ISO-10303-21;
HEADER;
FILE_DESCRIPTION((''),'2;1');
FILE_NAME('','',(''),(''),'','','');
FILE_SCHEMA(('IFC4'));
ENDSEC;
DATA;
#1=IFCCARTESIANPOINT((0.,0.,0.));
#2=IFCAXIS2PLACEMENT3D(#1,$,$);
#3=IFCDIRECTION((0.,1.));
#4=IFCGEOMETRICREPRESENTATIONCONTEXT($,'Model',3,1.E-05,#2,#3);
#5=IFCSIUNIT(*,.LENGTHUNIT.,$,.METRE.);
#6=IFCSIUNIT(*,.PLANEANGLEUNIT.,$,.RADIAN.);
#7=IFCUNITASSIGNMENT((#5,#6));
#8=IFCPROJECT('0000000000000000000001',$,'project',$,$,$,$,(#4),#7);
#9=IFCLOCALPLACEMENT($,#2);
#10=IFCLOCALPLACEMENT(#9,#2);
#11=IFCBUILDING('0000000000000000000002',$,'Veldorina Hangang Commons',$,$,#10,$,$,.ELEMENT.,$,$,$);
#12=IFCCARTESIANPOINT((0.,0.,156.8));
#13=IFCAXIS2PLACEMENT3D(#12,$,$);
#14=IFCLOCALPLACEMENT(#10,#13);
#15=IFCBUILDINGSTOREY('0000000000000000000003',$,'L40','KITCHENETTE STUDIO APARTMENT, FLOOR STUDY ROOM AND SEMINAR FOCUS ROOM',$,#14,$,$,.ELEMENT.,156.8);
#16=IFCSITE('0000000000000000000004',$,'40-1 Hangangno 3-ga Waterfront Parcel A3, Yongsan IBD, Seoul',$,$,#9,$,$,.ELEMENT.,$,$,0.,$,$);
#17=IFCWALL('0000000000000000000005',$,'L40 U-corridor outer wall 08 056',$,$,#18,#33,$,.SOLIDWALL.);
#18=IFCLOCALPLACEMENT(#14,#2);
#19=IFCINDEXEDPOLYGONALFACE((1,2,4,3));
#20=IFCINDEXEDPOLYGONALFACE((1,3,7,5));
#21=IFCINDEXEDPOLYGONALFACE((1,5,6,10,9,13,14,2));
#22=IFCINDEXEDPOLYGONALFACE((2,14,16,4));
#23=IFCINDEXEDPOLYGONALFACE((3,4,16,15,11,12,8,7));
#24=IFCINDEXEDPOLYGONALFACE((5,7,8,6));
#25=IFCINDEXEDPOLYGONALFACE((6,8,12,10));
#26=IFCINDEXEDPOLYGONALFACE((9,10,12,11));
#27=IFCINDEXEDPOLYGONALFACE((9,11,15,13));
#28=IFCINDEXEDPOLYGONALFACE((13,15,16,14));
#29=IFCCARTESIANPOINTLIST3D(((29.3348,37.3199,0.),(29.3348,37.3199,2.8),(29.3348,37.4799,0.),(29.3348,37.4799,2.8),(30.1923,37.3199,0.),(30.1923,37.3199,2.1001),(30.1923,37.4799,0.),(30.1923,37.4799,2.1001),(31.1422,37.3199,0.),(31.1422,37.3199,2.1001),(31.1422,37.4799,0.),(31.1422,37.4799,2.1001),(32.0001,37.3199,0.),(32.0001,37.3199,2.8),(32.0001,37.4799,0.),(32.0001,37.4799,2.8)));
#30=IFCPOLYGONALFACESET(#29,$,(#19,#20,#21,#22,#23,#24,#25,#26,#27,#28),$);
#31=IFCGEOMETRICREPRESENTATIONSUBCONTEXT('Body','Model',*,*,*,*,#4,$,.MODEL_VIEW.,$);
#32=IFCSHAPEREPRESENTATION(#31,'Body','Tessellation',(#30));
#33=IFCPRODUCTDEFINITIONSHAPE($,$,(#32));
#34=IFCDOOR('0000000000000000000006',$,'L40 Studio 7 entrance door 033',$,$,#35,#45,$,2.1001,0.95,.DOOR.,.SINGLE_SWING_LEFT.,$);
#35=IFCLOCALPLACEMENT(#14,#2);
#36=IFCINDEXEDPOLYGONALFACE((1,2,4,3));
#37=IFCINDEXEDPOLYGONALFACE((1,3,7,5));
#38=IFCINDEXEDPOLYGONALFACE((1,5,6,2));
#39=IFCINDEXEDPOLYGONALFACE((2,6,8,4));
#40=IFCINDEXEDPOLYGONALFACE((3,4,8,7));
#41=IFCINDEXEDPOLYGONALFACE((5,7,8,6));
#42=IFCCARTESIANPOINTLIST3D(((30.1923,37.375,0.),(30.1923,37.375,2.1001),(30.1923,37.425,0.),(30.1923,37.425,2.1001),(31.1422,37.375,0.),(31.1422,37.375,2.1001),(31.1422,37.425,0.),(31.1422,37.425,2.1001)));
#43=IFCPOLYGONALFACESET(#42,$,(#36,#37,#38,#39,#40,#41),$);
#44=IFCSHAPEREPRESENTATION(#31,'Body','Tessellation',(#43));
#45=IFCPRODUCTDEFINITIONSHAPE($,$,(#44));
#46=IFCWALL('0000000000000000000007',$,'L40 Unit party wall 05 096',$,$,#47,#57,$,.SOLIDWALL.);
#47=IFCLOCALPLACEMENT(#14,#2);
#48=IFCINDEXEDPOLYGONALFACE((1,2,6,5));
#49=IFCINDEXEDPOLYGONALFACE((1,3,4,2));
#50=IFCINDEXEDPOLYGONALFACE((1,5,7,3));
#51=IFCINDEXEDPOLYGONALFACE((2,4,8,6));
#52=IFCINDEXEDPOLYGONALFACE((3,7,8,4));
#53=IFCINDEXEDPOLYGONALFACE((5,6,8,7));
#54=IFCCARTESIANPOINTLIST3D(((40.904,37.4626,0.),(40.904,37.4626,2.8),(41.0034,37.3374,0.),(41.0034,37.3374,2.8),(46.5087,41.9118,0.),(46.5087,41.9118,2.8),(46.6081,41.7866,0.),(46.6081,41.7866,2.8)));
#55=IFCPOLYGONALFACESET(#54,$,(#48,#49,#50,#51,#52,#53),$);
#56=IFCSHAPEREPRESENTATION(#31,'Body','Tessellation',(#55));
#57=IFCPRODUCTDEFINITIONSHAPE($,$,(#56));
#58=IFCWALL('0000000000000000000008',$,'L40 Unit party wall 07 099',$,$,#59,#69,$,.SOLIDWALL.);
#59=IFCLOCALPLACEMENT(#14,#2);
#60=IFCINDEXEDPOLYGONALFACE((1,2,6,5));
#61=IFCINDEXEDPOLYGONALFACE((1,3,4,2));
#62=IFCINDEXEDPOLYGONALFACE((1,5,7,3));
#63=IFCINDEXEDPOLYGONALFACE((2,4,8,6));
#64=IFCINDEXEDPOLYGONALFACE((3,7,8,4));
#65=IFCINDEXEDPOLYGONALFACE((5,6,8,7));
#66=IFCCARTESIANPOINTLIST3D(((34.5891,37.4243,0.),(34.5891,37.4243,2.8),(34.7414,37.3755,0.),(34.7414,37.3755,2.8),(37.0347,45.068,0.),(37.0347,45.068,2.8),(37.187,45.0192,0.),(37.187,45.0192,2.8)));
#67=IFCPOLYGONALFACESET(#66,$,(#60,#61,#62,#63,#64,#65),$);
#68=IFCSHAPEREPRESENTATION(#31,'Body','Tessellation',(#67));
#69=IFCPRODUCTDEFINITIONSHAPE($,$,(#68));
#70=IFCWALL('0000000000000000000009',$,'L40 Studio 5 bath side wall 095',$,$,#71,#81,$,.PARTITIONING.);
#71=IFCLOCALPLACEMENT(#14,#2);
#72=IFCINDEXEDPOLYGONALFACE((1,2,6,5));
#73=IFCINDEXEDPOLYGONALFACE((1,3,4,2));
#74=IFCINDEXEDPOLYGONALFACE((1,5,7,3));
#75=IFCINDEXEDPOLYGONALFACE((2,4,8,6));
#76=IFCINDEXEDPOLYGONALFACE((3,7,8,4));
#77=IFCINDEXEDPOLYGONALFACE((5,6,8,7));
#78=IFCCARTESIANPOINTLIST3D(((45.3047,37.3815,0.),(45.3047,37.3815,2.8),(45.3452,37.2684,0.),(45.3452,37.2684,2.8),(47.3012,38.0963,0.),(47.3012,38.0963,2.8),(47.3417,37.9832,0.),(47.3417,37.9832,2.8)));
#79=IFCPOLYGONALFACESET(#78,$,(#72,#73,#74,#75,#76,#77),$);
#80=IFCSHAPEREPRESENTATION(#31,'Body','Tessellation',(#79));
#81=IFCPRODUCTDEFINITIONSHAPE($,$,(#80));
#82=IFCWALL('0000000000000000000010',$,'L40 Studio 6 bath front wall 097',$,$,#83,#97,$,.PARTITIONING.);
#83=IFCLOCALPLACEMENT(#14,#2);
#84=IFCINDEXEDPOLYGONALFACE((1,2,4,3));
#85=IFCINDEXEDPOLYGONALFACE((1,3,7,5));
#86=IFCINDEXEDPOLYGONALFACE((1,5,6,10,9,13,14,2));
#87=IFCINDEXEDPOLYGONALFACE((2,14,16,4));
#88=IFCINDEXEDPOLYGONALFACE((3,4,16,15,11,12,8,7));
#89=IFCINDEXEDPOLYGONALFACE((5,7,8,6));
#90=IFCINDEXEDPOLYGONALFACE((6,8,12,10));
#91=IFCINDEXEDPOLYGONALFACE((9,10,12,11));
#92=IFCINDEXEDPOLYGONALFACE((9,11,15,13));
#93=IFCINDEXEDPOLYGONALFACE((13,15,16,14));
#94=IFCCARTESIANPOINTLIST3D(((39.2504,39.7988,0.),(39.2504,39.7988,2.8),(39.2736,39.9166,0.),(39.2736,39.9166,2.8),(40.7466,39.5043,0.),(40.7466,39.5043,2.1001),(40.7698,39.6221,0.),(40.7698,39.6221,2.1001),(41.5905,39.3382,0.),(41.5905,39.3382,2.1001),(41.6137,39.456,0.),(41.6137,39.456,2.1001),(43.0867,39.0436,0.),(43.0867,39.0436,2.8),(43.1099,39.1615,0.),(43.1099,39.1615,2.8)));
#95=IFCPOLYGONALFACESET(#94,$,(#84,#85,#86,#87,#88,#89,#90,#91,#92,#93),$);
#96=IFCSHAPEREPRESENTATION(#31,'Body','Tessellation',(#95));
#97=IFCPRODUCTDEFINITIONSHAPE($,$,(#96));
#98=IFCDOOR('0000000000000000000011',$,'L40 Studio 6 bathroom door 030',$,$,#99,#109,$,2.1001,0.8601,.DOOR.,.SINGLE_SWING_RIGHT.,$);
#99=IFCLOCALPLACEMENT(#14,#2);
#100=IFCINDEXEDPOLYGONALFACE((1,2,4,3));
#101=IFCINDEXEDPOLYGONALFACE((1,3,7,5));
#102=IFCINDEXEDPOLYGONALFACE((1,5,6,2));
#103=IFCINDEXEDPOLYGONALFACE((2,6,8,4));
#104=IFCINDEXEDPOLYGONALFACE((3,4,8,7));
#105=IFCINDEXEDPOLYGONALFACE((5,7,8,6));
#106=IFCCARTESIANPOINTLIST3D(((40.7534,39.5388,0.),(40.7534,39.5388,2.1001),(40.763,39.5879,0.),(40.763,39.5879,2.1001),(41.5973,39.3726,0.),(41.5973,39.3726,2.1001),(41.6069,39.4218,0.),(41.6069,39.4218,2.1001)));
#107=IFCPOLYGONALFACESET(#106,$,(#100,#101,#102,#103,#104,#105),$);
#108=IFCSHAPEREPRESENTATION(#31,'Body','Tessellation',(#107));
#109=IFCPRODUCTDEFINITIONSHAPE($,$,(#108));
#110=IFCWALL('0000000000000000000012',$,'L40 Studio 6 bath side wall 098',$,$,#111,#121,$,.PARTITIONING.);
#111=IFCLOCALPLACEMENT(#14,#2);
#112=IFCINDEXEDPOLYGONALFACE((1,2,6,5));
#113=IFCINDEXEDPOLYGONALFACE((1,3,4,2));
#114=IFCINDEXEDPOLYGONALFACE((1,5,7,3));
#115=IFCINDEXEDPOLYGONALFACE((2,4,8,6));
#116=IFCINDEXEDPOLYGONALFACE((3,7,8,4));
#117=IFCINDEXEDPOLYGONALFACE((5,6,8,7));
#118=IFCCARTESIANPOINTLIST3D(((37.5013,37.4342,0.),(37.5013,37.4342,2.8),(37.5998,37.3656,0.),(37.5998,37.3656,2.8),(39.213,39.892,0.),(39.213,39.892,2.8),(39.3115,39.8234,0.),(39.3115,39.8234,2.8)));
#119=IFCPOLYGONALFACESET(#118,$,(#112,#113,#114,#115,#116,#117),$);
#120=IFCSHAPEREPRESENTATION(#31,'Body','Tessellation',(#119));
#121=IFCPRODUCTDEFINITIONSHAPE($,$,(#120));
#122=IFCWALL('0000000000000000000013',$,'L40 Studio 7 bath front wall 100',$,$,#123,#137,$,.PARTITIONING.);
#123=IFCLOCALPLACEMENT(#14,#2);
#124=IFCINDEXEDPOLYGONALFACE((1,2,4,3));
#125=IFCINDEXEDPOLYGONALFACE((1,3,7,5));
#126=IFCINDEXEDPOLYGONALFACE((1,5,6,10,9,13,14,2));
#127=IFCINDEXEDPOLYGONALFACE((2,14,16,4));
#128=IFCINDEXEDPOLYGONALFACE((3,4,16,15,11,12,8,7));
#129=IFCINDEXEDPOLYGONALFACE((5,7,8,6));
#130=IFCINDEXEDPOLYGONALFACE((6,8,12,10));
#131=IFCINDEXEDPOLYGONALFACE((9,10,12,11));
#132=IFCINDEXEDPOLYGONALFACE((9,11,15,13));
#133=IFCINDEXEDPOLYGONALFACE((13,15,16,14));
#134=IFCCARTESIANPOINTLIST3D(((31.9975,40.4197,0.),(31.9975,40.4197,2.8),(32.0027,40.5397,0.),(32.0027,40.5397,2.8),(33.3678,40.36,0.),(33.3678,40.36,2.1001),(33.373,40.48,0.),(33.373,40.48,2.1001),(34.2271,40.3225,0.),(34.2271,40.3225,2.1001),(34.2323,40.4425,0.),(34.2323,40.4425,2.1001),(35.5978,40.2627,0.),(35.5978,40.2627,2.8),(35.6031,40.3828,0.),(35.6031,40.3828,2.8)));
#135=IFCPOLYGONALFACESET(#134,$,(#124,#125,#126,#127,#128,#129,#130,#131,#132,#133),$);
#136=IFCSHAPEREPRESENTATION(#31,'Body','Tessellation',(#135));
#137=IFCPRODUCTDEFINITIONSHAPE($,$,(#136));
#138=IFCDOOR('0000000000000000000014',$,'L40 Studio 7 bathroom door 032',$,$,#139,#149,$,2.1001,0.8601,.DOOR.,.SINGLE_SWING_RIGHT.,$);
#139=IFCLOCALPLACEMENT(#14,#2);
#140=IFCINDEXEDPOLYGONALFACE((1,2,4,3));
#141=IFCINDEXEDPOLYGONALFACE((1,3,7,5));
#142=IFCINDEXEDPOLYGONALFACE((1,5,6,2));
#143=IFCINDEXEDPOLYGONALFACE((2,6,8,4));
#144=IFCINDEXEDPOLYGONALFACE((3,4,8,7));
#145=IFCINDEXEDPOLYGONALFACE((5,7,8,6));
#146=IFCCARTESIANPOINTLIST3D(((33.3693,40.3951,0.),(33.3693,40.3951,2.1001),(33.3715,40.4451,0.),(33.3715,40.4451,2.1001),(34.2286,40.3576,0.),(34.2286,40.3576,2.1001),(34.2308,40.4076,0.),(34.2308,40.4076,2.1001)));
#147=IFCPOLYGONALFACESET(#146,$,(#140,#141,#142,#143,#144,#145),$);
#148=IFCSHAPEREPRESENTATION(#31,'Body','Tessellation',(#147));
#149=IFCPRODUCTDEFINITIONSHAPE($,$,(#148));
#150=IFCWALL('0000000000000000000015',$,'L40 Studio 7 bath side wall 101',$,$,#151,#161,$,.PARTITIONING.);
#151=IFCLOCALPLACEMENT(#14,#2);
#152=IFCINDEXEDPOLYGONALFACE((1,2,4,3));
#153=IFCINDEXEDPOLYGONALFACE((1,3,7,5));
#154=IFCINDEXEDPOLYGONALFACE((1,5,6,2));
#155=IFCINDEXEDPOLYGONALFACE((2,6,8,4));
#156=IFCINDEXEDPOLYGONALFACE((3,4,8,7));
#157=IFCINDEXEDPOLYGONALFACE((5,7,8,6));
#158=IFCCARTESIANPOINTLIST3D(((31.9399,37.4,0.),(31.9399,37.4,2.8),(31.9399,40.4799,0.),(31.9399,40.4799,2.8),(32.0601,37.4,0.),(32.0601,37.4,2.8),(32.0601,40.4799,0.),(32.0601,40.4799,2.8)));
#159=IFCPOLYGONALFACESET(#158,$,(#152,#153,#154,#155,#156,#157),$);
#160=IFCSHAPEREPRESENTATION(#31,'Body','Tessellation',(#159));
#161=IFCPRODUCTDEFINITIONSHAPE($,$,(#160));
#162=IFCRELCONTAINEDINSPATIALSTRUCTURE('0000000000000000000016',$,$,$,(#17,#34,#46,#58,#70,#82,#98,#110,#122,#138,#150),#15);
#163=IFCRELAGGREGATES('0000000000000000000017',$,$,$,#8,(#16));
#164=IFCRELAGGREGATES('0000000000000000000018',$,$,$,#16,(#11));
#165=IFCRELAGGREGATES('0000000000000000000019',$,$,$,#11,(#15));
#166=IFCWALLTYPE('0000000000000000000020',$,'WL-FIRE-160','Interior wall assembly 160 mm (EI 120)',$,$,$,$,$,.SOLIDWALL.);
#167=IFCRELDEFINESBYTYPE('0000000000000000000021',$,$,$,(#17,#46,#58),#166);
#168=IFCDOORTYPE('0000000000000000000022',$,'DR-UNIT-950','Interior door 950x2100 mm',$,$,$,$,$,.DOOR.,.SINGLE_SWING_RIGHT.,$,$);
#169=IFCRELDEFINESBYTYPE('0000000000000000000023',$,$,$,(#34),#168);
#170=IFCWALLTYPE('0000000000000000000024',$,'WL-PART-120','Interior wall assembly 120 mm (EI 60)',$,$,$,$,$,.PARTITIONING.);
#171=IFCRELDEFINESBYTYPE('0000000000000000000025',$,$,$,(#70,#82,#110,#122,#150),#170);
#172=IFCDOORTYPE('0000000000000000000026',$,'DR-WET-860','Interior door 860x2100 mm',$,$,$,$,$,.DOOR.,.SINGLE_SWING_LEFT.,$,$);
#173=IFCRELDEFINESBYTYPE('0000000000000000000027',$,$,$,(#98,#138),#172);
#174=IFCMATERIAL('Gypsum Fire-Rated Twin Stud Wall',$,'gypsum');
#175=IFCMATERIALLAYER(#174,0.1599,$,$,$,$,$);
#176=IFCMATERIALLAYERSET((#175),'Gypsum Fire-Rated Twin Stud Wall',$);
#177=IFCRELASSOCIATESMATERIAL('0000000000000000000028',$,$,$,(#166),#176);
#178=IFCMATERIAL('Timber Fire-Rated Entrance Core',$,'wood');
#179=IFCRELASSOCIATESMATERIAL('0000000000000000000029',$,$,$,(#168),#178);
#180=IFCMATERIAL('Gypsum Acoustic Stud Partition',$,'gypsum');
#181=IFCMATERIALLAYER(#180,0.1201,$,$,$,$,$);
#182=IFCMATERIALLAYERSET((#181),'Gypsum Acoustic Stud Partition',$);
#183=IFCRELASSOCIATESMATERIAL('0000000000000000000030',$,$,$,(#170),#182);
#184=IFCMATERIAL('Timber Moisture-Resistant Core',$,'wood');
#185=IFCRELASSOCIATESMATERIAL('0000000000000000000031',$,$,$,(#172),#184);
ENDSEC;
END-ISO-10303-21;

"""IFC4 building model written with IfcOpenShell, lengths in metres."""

from ifc_helpers import new_model, si_unit, direction, frame, frame_2d, origin, place, context, subcontext, project, spatial, rectangle, extrude, material, layer, layer_set, type_object, element, fill, save


model = new_model("IFC4")

# Units and contexts
model_context = context("Model", 3, precision=1e-05, world=origin(), true_north=direction((0.0, 1.0)))
body_context = subcontext(model_context, "Body", "Model", "MODEL_VIEW")
ifc_project = project(units=[si_unit("LENGTHUNIT", "METRE"), si_unit("PLANEANGLEUNIT", "RADIAN")], contexts=[model_context])

# Site, building, storey
site_placement = place(None, origin())
site = spatial("IfcSite", under=ifc_project, at=site_placement, Name="40-1 Hangangno 3-ga Waterfront Parcel A3, Yongsan IBD, Seoul", CompositionType="ELEMENT", RefElevation=0.0)
building_placement = place(site_placement, origin())
building = spatial("IfcBuilding", under=site, at=building_placement, Name="Veldorina Hangang Commons", CompositionType="ELEMENT")
storey_placement = place(building_placement, frame((0.0, 0.0, 156.8)))
storey = spatial("IfcBuildingStorey", under=building, at=storey_placement, Name="L40", Description="KITCHENETTE STUDIO APARTMENT, FLOOR STUDY ROOM AND SEMINAR FOCUS ROOM", CompositionType="ELEMENT", Elevation=156.8)

# Shared definitions
ifc_material_1 = material(Name="Gypsum Fire-Rated Twin Stud Wall", Category="gypsum")
ifc_layer_1 = layer(ifc_material_1, 0.1599)
ifc_layer_set_1 = layer_set([ifc_layer_1], Name="Gypsum Fire-Rated Twin Stud Wall")
wall_type_1 = type_object("IfcWallType", Name="WL-FIRE-160", Description="Interior wall assembly 160 mm (EI 120)", PredefinedType="SOLIDWALL", material=ifc_layer_set_1)
ifc_material_2 = material(Name="Timber Fire-Rated Entrance Core", Category="wood")
door_type_1 = type_object("IfcDoorType", Name="DR-UNIT-950", Description="Interior door 950x2100 mm", OperationType="SINGLE_SWING_RIGHT", PredefinedType="DOOR", material=ifc_material_2)

# Wall, opening, door
wall_1_placement = place(storey_placement, frame((32.0, 37.3999, 0.0), z_axis=(0.0, 0.0, 1.0), x_axis=(-1.0, 0.0, 0.0)))
wall_1 = element("IfcWall", 1, at=wall_1_placement, inside=storey, type_object=wall_type_1, Name="L40 U-corridor outer wall 08 056", PredefinedType="SOLIDWALL", context=body_context, shape_type="SweptSolid", body=[
    extrude(rectangle(XDim=2.6653, YDim=0.1599, at=frame_2d((1.3325, 0.0))), origin(), (0.0, 0.0, 1.0), 2.8),
])
opening_1_placement = place(wall_1_placement, frame((0.8577, 0.0, 0.0)))
opening_1 = element("IfcOpeningElement", 2, at=opening_1_placement, cuts=wall_1, PredefinedType="OPENING", context=body_context, shape_type="SweptSolid", body=[
    extrude(rectangle(XDim=0.95, YDim=2.1001, at=frame_2d((0.4751, 1.05))), frame((0.0, 0.0898, 0.0), z_axis=(0.0, -1.0, 0.0), x_axis=(1.0, 0.0, 0.0)), (0.0, 0.0, 1.0), 0.1799),
])
door_1_placement = place(opening_1_placement, origin())
door_1 = element("IfcDoor", 3, at=door_1_placement, inside=storey, type_object=door_type_1, Name="L40 Studio 7 entrance door 033", OperationType="SINGLE_SWING_LEFT", OverallHeight=2.1001, OverallWidth=0.95, PredefinedType="DOOR", context=body_context, shape_type="SweptSolid", body=[
    extrude(rectangle(XDim=0.95, YDim=2.1001, at=frame_2d((0.4751, 1.05))), frame((0.0, 0.0249, 0.0), z_axis=(0.0, -1.0, 0.0), x_axis=(1.0, 0.0, 0.0)), (0.0, 0.0, 1.0), 0.05),
])
fill(opening_1, door_1)

# Walls
wall_2_placement = place(storey_placement, frame((40.9536, 37.3999, 0.0), z_axis=(0.0, 0.0, 1.0), x_axis=(0.78322, 0.621745, 0.0)))
element("IfcWall", 4, at=wall_2_placement, inside=storey, type_object=wall_type_1, Name="L40 Unit party wall 05 096", PredefinedType="SOLIDWALL", context=body_context, shape_type="SweptSolid", body=[
    extrude(rectangle(XDim=7.156, YDim=0.1599, at=frame_2d((3.5781, 0.0))), origin(), (0.0, 0.0, 1.0), 2.8),
])
wall_3_placement = place(storey_placement, frame((34.6653, 37.3999, 0.0), z_axis=(0.0, 0.0, 1.0), x_axis=(0.304724, 0.952441, 0.0)))
element("IfcWall", 5, at=wall_3_placement, inside=storey, type_object=wall_type_1, Name="L40 Unit party wall 07 099", PredefinedType="SOLIDWALL", context=body_context, shape_type="SweptSolid", body=[
    extrude(rectangle(XDim=8.0254, YDim=0.1599, at=frame_2d((4.0127, 0.0))), origin(), (0.0, 0.0, 1.0), 2.8),
])
ifc_material_3 = material(Name="Gypsum Acoustic Stud Partition", Category="gypsum")
ifc_layer_2 = layer(ifc_material_3, 0.1201)
ifc_layer_set_2 = layer_set([ifc_layer_2], Name="Gypsum Acoustic Stud Partition")
wall_type_2 = type_object("IfcWallType", Name="WL-PART-120", Description="Interior wall assembly 120 mm (EI 60)", PredefinedType="PARTITIONING", material=ifc_layer_set_2)
wall_4_placement = place(storey_placement, frame((45.325, 37.325, 0.0), z_axis=(0.0, 0.0, 1.0), x_axis=(0.941476, 0.33708, 0.0)))
element("IfcWall", 6, at=wall_4_placement, inside=storey, type_object=wall_type_2, Name="L40 Studio 5 bath side wall 095", PredefinedType="PARTITIONING", context=body_context, shape_type="SweptSolid", body=[
    extrude(rectangle(XDim=2.1206, YDim=0.1201, at=frame_2d((1.0603, 0.0))), origin(), (0.0, 0.0, 1.0), 2.8),
])

# Wall, opening, door
wall_5_placement = place(storey_placement, frame((43.0984, 39.1025, 0.0), z_axis=(0.0, 0.0, 1.0), x_axis=(-0.981172, 0.193137, 0.0)))
wall_5 = element("IfcWall", 7, at=wall_5_placement, inside=storey, type_object=wall_type_2, Name="L40 Studio 6 bath front wall 097", PredefinedType="PARTITIONING", context=body_context, shape_type="SweptSolid", body=[
    extrude(rectangle(XDim=3.9099, YDim=0.1201, at=frame_2d((1.9551, 0.0))), origin(), (0.0, 0.0, 1.0), 2.8),
])
opening_2_placement = place(wall_5_placement, frame((1.5249, 0.0, 0.0)))
opening_2 = element("IfcOpeningElement", 8, at=opening_2_placement, cuts=wall_5, PredefinedType="OPENING", context=body_context, shape_type="SweptSolid", body=[
    extrude(rectangle(XDim=0.8601, YDim=2.1001, at=frame_2d((0.4302, 1.05))), frame((0.0, 0.0701, 0.0), z_axis=(0.0, -1.0, 0.0), x_axis=(1.0, 0.0, 0.0)), (0.0, 0.0, 1.0), 0.1401),
])
ifc_material_4 = material(Name="Timber Moisture-Resistant Core", Category="wood")
door_type_2 = type_object("IfcDoorType", Name="DR-WET-860", Description="Interior door 860x2100 mm", OperationType="SINGLE_SWING_LEFT", PredefinedType="DOOR", material=ifc_material_4)
door_2_placement = place(opening_2_placement, origin())
door_2 = element("IfcDoor", 9, at=door_2_placement, inside=storey, type_object=door_type_2, Name="L40 Studio 6 bathroom door 030", OperationType="SINGLE_SWING_RIGHT", OverallHeight=2.1001, OverallWidth=0.8601, PredefinedType="DOOR", context=body_context, shape_type="SweptSolid", body=[
    extrude(rectangle(XDim=0.8601, YDim=2.1001, at=frame_2d((0.4302, 1.05))), frame((0.0, 0.0249, 0.0), z_axis=(0.0, -1.0, 0.0), x_axis=(1.0, 0.0, 0.0)), (0.0, 0.0, 1.0), 0.05),
])
fill(opening_2, door_2)

# Wall
wall_6_placement = place(storey_placement, frame((37.5505, 37.3999, 0.0), z_axis=(0.0, 0.0, 1.0), x_axis=(0.571497, 0.820604, 0.0)))
element("IfcWall", 10, at=wall_6_placement, inside=storey, type_object=wall_type_2, Name="L40 Studio 6 bath side wall 098", PredefinedType="PARTITIONING", context=body_context, shape_type="SweptSolid", body=[
    extrude(rectangle(XDim=2.9951, YDim=0.1201, at=frame_2d((1.4976, 0.0))), origin(), (0.0, 0.0, 1.0), 2.8),
])

# Wall, opening, door
wall_7_placement = place(storey_placement, frame((35.6003, 40.3228, 0.0), z_axis=(0.0, 0.0, 1.0), x_axis=(-0.999051, 0.043561, 0.0)))
wall_7 = element("IfcWall", 11, at=wall_7_placement, inside=storey, type_object=wall_type_2, Name="L40 Studio 7 bath front wall 100", PredefinedType="PARTITIONING", context=body_context, shape_type="SweptSolid", body=[
    extrude(rectangle(XDim=3.6038, YDim=0.1201, at=frame_2d((1.8018, 0.0))), origin(), (0.0, 0.0, 1.0), 2.8),
])
opening_3_placement = place(wall_7_placement, frame((1.3718, 0.0, 0.0)))
opening_3 = element("IfcOpeningElement", 12, at=opening_3_placement, cuts=wall_7, PredefinedType="OPENING", context=body_context, shape_type="SweptSolid", body=[
    extrude(rectangle(XDim=0.8601, YDim=2.1001, at=frame_2d((0.4302, 1.05))), frame((0.0, 0.0701, 0.0), z_axis=(0.0, -1.0, 0.0), x_axis=(1.0, 0.0, 0.0)), (0.0, 0.0, 1.0), 0.1401),
])
door_3_placement = place(opening_3_placement, origin())
door_3 = element("IfcDoor", 13, at=door_3_placement, inside=storey, type_object=door_type_2, Name="L40 Studio 7 bathroom door 032", OperationType="SINGLE_SWING_RIGHT", OverallHeight=2.1001, OverallWidth=0.8601, PredefinedType="DOOR", context=body_context, shape_type="SweptSolid", body=[
    extrude(rectangle(XDim=0.8601, YDim=2.1001, at=frame_2d((0.4302, 1.05))), frame((0.0, 0.0249, 0.0), z_axis=(0.0, -1.0, 0.0), x_axis=(1.0, 0.0, 0.0)), (0.0, 0.0, 1.0), 0.05),
])
fill(opening_3, door_3)

# Wall
wall_8_placement = place(storey_placement, frame((32.0, 37.3999, 0.0), z_axis=(0.0, 0.0, 1.0), x_axis=(0.0, 1.0, 0.0)))
element("IfcWall", 14, at=wall_8_placement, inside=storey, type_object=wall_type_2, Name="L40 Studio 7 bath side wall 101", PredefinedType="PARTITIONING", context=body_context, shape_type="SweptSolid", body=[
    extrude(rectangle(XDim=3.0798, YDim=0.1201, at=frame_2d((1.54, 0.0))), origin(), (0.0, 0.0, 1.0), 2.8),
])

save(model, "model.ifc")
